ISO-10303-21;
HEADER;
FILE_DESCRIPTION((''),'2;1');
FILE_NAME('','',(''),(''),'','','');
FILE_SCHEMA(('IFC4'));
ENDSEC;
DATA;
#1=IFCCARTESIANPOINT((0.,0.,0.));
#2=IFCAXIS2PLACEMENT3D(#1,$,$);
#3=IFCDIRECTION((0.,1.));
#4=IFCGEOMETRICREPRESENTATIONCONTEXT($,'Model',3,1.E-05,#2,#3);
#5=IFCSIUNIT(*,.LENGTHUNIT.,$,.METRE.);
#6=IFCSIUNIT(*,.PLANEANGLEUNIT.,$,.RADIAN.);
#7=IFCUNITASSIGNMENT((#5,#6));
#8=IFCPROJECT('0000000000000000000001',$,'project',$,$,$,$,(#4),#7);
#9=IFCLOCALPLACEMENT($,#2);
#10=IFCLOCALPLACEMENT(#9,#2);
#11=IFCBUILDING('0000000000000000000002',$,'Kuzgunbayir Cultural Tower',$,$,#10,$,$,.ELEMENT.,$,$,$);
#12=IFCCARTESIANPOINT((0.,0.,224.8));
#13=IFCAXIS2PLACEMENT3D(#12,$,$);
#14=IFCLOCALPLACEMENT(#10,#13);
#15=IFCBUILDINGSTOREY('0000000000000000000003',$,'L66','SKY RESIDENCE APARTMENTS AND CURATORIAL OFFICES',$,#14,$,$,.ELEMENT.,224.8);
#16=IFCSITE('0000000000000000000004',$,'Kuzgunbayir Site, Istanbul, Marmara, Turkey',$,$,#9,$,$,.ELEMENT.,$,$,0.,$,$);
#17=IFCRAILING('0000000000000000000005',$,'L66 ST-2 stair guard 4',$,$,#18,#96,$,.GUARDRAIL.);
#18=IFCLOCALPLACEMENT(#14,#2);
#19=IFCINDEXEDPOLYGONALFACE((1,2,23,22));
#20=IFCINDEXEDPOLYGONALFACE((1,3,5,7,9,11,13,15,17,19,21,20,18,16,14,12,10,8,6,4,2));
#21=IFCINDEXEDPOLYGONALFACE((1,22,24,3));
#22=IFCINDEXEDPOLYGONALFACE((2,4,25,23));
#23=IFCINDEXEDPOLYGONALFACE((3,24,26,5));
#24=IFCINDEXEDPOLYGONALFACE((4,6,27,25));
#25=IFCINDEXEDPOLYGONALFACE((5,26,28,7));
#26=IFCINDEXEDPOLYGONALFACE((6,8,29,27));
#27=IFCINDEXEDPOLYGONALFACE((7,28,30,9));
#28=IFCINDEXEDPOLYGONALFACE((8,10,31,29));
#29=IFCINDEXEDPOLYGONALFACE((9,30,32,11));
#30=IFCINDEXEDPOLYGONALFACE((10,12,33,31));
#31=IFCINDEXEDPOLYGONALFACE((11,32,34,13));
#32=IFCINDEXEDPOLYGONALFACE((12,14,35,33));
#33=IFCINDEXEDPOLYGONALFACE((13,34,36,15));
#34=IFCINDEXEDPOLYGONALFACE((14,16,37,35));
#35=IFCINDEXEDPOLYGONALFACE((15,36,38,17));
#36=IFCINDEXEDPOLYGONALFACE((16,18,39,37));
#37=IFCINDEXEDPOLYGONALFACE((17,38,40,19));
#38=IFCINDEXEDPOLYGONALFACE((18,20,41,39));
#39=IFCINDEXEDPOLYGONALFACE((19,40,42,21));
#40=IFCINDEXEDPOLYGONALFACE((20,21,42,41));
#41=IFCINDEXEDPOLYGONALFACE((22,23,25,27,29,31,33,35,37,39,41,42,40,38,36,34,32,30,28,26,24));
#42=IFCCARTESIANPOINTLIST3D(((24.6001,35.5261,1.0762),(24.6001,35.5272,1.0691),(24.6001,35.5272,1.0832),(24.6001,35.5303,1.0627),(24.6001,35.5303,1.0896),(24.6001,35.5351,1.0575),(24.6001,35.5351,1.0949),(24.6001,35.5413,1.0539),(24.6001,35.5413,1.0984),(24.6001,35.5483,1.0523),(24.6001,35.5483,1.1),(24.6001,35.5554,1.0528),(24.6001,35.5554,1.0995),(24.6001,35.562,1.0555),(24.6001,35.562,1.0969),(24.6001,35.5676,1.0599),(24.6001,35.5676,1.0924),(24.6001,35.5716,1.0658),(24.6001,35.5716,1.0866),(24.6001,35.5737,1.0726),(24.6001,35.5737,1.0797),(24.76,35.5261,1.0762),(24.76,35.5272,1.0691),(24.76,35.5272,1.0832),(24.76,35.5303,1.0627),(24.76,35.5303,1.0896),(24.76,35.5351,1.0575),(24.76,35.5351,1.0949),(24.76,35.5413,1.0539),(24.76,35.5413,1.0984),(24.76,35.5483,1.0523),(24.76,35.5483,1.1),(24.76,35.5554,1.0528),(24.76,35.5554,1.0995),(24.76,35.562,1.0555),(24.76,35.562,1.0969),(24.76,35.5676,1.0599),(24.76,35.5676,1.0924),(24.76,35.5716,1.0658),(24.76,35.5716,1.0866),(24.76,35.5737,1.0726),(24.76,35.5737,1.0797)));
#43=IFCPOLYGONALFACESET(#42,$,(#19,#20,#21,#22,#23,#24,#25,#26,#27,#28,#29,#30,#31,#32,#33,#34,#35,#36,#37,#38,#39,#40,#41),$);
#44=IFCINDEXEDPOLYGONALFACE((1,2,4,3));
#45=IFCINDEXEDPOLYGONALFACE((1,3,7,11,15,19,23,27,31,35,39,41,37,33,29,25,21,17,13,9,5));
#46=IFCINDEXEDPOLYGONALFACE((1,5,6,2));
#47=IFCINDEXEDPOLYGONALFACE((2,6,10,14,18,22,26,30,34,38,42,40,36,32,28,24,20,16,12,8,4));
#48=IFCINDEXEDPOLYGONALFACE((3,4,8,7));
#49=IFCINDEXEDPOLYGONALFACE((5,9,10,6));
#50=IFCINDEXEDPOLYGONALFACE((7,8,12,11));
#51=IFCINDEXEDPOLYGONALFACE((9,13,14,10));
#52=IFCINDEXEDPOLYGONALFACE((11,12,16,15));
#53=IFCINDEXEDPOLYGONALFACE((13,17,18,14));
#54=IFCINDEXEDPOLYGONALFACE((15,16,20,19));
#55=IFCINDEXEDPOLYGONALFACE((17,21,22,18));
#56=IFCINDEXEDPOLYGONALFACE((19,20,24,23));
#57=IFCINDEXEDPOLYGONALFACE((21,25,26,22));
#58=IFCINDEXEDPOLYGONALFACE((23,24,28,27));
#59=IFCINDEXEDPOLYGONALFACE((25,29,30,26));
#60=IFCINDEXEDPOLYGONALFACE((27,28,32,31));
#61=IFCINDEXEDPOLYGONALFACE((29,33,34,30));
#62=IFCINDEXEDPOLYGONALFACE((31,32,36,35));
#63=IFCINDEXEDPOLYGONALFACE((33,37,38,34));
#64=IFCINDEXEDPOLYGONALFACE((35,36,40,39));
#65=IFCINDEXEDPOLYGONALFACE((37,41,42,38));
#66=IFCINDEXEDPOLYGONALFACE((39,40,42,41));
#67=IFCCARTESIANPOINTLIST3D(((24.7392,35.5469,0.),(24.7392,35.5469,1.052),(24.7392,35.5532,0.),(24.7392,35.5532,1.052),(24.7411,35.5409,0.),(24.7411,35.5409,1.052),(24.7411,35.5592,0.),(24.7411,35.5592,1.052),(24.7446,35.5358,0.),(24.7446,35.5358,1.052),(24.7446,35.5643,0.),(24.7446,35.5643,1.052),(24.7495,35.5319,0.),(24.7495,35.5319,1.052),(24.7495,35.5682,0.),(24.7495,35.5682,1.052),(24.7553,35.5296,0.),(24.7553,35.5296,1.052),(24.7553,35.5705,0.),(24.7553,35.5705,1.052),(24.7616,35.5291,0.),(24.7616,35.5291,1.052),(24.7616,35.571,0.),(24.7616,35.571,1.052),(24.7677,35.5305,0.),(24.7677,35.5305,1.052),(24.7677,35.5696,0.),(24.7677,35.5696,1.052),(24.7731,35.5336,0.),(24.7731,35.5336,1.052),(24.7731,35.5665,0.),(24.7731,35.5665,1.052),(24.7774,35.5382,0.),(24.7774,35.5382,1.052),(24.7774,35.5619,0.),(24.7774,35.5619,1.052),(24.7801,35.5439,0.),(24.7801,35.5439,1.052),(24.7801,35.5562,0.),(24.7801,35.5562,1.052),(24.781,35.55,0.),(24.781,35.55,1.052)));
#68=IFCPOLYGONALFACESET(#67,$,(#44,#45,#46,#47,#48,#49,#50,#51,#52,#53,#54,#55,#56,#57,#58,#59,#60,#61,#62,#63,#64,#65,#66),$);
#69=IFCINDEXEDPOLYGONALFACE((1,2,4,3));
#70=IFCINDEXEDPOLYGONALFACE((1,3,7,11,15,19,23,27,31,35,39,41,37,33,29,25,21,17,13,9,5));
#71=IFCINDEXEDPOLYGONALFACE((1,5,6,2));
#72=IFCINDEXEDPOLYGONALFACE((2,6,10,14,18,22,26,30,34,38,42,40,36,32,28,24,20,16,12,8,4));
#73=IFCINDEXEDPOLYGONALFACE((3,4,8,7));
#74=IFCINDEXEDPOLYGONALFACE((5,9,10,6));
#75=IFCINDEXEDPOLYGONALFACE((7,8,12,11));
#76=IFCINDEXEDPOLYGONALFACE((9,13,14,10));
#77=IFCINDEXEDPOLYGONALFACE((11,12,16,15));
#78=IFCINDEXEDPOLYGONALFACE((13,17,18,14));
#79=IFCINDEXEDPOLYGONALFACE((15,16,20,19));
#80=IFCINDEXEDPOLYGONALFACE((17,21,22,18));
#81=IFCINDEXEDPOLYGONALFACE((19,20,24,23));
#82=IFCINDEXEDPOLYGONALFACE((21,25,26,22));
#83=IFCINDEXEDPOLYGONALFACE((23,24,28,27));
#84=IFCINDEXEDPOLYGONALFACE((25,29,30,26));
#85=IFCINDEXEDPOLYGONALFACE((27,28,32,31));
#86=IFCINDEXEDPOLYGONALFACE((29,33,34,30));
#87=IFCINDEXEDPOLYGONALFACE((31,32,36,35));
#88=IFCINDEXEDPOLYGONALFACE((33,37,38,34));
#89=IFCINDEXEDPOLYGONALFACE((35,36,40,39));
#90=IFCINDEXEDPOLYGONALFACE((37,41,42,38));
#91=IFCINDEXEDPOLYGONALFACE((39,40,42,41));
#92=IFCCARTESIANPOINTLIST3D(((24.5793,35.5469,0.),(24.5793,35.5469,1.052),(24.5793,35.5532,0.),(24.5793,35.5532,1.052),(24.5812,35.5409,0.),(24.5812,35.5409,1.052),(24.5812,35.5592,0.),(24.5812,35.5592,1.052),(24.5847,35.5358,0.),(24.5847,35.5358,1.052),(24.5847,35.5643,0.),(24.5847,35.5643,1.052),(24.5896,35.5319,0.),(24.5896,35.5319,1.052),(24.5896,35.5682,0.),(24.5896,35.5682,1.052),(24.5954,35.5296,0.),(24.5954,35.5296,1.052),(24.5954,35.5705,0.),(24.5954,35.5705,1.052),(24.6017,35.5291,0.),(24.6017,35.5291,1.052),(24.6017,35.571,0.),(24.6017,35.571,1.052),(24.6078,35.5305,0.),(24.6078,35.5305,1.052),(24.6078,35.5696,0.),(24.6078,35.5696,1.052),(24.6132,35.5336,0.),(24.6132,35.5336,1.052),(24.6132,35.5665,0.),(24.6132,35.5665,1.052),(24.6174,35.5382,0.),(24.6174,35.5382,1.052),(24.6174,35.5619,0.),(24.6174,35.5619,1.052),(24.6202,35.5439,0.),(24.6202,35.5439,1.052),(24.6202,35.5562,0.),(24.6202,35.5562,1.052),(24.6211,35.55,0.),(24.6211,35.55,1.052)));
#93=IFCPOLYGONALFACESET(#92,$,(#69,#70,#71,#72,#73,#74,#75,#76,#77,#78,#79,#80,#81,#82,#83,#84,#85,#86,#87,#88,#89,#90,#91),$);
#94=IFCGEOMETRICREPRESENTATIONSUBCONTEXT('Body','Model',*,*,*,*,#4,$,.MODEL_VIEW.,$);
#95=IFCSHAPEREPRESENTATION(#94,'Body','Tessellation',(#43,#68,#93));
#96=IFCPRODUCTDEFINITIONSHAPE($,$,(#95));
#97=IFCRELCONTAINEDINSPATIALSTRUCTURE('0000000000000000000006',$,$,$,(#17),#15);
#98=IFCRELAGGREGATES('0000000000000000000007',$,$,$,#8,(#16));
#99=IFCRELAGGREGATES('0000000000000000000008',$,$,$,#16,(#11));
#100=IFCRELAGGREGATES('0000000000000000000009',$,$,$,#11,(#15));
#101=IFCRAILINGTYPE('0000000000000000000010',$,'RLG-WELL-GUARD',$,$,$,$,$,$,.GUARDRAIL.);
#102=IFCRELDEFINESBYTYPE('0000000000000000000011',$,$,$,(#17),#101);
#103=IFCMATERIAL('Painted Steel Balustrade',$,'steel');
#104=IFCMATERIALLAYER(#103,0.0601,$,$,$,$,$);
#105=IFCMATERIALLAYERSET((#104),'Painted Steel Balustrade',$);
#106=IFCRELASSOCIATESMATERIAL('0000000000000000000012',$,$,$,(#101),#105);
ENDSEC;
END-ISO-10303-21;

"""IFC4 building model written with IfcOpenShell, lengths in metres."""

from ifc_helpers import new_model, si_unit, direction, frame, origin, origin_2d, place, context, subcontext, project, spatial, circle, extrude, material, layer, layer_set, type_object, element, save


model = new_model("IFC4")

# Units and contexts
model_context = context("Model", 3, precision=1e-05, world=origin(), true_north=direction((0.0, 1.0)))
body_context = subcontext(model_context, "Body", "Model", "MODEL_VIEW")
ifc_project = project(units=[si_unit("LENGTHUNIT", "METRE"), si_unit("PLANEANGLEUNIT", "RADIAN")], contexts=[model_context])

# Site, building, storey
site_placement = place(None, origin())
site = spatial("IfcSite", under=ifc_project, at=site_placement, Name="Kuzgunbayir Site, Istanbul, Marmara, Turkey", CompositionType="ELEMENT", RefElevation=0.0)
building_placement = place(site_placement, origin())
building = spatial("IfcBuilding", under=site, at=building_placement, Name="Kuzgunbayir Cultural Tower", CompositionType="ELEMENT")
storey_placement = place(building_placement, frame((0.0, 0.0, 224.8)))
storey = spatial("IfcBuildingStorey", under=building, at=storey_placement, Name="L66", Description="SKY RESIDENCE APARTMENTS AND CURATORIAL OFFICES", CompositionType="ELEMENT", Elevation=224.8)

# Railing
ifc_material_1 = material(Name="Painted Steel Balustrade", Category="steel")
ifc_layer_1 = layer(ifc_material_1, 0.0601)
ifc_layer_set_1 = layer_set([ifc_layer_1], Name="Painted Steel Balustrade")
railing_type_1 = type_object("IfcRailingType", Name="RLG-WELL-GUARD", PredefinedType="GUARDRAIL", material=ifc_layer_set_1)
railing_1_placement = place(storey_placement, frame((24.76, 35.55, 0.0)))
element("IfcRailing", 1, at=railing_1_placement, inside=storey, type_object=railing_type_1, Name="L66 ST-2 stair guard 4", PredefinedType="GUARDRAIL", context=body_context, shape_type="SweptSolid", body=[
    extrude(circle(Radius=0.0239, at=origin_2d()), frame((0.0, 0.0, 1.0762), z_axis=(-1.0, 0.0, 0.0), x_axis=(0.0, -1.0, 0.0)), (0.0, 0.0, 1.0), 0.1599),
    extrude(circle(Radius=0.021, at=origin_2d()), origin(), (0.0, 0.0, 1.0), 1.052),
    extrude(circle(Radius=0.021, at=origin_2d()), frame((-0.1599, 0.0, 0.0)), (0.0, 0.0, 1.0), 1.052),
])

save(model, "model.ifc")
